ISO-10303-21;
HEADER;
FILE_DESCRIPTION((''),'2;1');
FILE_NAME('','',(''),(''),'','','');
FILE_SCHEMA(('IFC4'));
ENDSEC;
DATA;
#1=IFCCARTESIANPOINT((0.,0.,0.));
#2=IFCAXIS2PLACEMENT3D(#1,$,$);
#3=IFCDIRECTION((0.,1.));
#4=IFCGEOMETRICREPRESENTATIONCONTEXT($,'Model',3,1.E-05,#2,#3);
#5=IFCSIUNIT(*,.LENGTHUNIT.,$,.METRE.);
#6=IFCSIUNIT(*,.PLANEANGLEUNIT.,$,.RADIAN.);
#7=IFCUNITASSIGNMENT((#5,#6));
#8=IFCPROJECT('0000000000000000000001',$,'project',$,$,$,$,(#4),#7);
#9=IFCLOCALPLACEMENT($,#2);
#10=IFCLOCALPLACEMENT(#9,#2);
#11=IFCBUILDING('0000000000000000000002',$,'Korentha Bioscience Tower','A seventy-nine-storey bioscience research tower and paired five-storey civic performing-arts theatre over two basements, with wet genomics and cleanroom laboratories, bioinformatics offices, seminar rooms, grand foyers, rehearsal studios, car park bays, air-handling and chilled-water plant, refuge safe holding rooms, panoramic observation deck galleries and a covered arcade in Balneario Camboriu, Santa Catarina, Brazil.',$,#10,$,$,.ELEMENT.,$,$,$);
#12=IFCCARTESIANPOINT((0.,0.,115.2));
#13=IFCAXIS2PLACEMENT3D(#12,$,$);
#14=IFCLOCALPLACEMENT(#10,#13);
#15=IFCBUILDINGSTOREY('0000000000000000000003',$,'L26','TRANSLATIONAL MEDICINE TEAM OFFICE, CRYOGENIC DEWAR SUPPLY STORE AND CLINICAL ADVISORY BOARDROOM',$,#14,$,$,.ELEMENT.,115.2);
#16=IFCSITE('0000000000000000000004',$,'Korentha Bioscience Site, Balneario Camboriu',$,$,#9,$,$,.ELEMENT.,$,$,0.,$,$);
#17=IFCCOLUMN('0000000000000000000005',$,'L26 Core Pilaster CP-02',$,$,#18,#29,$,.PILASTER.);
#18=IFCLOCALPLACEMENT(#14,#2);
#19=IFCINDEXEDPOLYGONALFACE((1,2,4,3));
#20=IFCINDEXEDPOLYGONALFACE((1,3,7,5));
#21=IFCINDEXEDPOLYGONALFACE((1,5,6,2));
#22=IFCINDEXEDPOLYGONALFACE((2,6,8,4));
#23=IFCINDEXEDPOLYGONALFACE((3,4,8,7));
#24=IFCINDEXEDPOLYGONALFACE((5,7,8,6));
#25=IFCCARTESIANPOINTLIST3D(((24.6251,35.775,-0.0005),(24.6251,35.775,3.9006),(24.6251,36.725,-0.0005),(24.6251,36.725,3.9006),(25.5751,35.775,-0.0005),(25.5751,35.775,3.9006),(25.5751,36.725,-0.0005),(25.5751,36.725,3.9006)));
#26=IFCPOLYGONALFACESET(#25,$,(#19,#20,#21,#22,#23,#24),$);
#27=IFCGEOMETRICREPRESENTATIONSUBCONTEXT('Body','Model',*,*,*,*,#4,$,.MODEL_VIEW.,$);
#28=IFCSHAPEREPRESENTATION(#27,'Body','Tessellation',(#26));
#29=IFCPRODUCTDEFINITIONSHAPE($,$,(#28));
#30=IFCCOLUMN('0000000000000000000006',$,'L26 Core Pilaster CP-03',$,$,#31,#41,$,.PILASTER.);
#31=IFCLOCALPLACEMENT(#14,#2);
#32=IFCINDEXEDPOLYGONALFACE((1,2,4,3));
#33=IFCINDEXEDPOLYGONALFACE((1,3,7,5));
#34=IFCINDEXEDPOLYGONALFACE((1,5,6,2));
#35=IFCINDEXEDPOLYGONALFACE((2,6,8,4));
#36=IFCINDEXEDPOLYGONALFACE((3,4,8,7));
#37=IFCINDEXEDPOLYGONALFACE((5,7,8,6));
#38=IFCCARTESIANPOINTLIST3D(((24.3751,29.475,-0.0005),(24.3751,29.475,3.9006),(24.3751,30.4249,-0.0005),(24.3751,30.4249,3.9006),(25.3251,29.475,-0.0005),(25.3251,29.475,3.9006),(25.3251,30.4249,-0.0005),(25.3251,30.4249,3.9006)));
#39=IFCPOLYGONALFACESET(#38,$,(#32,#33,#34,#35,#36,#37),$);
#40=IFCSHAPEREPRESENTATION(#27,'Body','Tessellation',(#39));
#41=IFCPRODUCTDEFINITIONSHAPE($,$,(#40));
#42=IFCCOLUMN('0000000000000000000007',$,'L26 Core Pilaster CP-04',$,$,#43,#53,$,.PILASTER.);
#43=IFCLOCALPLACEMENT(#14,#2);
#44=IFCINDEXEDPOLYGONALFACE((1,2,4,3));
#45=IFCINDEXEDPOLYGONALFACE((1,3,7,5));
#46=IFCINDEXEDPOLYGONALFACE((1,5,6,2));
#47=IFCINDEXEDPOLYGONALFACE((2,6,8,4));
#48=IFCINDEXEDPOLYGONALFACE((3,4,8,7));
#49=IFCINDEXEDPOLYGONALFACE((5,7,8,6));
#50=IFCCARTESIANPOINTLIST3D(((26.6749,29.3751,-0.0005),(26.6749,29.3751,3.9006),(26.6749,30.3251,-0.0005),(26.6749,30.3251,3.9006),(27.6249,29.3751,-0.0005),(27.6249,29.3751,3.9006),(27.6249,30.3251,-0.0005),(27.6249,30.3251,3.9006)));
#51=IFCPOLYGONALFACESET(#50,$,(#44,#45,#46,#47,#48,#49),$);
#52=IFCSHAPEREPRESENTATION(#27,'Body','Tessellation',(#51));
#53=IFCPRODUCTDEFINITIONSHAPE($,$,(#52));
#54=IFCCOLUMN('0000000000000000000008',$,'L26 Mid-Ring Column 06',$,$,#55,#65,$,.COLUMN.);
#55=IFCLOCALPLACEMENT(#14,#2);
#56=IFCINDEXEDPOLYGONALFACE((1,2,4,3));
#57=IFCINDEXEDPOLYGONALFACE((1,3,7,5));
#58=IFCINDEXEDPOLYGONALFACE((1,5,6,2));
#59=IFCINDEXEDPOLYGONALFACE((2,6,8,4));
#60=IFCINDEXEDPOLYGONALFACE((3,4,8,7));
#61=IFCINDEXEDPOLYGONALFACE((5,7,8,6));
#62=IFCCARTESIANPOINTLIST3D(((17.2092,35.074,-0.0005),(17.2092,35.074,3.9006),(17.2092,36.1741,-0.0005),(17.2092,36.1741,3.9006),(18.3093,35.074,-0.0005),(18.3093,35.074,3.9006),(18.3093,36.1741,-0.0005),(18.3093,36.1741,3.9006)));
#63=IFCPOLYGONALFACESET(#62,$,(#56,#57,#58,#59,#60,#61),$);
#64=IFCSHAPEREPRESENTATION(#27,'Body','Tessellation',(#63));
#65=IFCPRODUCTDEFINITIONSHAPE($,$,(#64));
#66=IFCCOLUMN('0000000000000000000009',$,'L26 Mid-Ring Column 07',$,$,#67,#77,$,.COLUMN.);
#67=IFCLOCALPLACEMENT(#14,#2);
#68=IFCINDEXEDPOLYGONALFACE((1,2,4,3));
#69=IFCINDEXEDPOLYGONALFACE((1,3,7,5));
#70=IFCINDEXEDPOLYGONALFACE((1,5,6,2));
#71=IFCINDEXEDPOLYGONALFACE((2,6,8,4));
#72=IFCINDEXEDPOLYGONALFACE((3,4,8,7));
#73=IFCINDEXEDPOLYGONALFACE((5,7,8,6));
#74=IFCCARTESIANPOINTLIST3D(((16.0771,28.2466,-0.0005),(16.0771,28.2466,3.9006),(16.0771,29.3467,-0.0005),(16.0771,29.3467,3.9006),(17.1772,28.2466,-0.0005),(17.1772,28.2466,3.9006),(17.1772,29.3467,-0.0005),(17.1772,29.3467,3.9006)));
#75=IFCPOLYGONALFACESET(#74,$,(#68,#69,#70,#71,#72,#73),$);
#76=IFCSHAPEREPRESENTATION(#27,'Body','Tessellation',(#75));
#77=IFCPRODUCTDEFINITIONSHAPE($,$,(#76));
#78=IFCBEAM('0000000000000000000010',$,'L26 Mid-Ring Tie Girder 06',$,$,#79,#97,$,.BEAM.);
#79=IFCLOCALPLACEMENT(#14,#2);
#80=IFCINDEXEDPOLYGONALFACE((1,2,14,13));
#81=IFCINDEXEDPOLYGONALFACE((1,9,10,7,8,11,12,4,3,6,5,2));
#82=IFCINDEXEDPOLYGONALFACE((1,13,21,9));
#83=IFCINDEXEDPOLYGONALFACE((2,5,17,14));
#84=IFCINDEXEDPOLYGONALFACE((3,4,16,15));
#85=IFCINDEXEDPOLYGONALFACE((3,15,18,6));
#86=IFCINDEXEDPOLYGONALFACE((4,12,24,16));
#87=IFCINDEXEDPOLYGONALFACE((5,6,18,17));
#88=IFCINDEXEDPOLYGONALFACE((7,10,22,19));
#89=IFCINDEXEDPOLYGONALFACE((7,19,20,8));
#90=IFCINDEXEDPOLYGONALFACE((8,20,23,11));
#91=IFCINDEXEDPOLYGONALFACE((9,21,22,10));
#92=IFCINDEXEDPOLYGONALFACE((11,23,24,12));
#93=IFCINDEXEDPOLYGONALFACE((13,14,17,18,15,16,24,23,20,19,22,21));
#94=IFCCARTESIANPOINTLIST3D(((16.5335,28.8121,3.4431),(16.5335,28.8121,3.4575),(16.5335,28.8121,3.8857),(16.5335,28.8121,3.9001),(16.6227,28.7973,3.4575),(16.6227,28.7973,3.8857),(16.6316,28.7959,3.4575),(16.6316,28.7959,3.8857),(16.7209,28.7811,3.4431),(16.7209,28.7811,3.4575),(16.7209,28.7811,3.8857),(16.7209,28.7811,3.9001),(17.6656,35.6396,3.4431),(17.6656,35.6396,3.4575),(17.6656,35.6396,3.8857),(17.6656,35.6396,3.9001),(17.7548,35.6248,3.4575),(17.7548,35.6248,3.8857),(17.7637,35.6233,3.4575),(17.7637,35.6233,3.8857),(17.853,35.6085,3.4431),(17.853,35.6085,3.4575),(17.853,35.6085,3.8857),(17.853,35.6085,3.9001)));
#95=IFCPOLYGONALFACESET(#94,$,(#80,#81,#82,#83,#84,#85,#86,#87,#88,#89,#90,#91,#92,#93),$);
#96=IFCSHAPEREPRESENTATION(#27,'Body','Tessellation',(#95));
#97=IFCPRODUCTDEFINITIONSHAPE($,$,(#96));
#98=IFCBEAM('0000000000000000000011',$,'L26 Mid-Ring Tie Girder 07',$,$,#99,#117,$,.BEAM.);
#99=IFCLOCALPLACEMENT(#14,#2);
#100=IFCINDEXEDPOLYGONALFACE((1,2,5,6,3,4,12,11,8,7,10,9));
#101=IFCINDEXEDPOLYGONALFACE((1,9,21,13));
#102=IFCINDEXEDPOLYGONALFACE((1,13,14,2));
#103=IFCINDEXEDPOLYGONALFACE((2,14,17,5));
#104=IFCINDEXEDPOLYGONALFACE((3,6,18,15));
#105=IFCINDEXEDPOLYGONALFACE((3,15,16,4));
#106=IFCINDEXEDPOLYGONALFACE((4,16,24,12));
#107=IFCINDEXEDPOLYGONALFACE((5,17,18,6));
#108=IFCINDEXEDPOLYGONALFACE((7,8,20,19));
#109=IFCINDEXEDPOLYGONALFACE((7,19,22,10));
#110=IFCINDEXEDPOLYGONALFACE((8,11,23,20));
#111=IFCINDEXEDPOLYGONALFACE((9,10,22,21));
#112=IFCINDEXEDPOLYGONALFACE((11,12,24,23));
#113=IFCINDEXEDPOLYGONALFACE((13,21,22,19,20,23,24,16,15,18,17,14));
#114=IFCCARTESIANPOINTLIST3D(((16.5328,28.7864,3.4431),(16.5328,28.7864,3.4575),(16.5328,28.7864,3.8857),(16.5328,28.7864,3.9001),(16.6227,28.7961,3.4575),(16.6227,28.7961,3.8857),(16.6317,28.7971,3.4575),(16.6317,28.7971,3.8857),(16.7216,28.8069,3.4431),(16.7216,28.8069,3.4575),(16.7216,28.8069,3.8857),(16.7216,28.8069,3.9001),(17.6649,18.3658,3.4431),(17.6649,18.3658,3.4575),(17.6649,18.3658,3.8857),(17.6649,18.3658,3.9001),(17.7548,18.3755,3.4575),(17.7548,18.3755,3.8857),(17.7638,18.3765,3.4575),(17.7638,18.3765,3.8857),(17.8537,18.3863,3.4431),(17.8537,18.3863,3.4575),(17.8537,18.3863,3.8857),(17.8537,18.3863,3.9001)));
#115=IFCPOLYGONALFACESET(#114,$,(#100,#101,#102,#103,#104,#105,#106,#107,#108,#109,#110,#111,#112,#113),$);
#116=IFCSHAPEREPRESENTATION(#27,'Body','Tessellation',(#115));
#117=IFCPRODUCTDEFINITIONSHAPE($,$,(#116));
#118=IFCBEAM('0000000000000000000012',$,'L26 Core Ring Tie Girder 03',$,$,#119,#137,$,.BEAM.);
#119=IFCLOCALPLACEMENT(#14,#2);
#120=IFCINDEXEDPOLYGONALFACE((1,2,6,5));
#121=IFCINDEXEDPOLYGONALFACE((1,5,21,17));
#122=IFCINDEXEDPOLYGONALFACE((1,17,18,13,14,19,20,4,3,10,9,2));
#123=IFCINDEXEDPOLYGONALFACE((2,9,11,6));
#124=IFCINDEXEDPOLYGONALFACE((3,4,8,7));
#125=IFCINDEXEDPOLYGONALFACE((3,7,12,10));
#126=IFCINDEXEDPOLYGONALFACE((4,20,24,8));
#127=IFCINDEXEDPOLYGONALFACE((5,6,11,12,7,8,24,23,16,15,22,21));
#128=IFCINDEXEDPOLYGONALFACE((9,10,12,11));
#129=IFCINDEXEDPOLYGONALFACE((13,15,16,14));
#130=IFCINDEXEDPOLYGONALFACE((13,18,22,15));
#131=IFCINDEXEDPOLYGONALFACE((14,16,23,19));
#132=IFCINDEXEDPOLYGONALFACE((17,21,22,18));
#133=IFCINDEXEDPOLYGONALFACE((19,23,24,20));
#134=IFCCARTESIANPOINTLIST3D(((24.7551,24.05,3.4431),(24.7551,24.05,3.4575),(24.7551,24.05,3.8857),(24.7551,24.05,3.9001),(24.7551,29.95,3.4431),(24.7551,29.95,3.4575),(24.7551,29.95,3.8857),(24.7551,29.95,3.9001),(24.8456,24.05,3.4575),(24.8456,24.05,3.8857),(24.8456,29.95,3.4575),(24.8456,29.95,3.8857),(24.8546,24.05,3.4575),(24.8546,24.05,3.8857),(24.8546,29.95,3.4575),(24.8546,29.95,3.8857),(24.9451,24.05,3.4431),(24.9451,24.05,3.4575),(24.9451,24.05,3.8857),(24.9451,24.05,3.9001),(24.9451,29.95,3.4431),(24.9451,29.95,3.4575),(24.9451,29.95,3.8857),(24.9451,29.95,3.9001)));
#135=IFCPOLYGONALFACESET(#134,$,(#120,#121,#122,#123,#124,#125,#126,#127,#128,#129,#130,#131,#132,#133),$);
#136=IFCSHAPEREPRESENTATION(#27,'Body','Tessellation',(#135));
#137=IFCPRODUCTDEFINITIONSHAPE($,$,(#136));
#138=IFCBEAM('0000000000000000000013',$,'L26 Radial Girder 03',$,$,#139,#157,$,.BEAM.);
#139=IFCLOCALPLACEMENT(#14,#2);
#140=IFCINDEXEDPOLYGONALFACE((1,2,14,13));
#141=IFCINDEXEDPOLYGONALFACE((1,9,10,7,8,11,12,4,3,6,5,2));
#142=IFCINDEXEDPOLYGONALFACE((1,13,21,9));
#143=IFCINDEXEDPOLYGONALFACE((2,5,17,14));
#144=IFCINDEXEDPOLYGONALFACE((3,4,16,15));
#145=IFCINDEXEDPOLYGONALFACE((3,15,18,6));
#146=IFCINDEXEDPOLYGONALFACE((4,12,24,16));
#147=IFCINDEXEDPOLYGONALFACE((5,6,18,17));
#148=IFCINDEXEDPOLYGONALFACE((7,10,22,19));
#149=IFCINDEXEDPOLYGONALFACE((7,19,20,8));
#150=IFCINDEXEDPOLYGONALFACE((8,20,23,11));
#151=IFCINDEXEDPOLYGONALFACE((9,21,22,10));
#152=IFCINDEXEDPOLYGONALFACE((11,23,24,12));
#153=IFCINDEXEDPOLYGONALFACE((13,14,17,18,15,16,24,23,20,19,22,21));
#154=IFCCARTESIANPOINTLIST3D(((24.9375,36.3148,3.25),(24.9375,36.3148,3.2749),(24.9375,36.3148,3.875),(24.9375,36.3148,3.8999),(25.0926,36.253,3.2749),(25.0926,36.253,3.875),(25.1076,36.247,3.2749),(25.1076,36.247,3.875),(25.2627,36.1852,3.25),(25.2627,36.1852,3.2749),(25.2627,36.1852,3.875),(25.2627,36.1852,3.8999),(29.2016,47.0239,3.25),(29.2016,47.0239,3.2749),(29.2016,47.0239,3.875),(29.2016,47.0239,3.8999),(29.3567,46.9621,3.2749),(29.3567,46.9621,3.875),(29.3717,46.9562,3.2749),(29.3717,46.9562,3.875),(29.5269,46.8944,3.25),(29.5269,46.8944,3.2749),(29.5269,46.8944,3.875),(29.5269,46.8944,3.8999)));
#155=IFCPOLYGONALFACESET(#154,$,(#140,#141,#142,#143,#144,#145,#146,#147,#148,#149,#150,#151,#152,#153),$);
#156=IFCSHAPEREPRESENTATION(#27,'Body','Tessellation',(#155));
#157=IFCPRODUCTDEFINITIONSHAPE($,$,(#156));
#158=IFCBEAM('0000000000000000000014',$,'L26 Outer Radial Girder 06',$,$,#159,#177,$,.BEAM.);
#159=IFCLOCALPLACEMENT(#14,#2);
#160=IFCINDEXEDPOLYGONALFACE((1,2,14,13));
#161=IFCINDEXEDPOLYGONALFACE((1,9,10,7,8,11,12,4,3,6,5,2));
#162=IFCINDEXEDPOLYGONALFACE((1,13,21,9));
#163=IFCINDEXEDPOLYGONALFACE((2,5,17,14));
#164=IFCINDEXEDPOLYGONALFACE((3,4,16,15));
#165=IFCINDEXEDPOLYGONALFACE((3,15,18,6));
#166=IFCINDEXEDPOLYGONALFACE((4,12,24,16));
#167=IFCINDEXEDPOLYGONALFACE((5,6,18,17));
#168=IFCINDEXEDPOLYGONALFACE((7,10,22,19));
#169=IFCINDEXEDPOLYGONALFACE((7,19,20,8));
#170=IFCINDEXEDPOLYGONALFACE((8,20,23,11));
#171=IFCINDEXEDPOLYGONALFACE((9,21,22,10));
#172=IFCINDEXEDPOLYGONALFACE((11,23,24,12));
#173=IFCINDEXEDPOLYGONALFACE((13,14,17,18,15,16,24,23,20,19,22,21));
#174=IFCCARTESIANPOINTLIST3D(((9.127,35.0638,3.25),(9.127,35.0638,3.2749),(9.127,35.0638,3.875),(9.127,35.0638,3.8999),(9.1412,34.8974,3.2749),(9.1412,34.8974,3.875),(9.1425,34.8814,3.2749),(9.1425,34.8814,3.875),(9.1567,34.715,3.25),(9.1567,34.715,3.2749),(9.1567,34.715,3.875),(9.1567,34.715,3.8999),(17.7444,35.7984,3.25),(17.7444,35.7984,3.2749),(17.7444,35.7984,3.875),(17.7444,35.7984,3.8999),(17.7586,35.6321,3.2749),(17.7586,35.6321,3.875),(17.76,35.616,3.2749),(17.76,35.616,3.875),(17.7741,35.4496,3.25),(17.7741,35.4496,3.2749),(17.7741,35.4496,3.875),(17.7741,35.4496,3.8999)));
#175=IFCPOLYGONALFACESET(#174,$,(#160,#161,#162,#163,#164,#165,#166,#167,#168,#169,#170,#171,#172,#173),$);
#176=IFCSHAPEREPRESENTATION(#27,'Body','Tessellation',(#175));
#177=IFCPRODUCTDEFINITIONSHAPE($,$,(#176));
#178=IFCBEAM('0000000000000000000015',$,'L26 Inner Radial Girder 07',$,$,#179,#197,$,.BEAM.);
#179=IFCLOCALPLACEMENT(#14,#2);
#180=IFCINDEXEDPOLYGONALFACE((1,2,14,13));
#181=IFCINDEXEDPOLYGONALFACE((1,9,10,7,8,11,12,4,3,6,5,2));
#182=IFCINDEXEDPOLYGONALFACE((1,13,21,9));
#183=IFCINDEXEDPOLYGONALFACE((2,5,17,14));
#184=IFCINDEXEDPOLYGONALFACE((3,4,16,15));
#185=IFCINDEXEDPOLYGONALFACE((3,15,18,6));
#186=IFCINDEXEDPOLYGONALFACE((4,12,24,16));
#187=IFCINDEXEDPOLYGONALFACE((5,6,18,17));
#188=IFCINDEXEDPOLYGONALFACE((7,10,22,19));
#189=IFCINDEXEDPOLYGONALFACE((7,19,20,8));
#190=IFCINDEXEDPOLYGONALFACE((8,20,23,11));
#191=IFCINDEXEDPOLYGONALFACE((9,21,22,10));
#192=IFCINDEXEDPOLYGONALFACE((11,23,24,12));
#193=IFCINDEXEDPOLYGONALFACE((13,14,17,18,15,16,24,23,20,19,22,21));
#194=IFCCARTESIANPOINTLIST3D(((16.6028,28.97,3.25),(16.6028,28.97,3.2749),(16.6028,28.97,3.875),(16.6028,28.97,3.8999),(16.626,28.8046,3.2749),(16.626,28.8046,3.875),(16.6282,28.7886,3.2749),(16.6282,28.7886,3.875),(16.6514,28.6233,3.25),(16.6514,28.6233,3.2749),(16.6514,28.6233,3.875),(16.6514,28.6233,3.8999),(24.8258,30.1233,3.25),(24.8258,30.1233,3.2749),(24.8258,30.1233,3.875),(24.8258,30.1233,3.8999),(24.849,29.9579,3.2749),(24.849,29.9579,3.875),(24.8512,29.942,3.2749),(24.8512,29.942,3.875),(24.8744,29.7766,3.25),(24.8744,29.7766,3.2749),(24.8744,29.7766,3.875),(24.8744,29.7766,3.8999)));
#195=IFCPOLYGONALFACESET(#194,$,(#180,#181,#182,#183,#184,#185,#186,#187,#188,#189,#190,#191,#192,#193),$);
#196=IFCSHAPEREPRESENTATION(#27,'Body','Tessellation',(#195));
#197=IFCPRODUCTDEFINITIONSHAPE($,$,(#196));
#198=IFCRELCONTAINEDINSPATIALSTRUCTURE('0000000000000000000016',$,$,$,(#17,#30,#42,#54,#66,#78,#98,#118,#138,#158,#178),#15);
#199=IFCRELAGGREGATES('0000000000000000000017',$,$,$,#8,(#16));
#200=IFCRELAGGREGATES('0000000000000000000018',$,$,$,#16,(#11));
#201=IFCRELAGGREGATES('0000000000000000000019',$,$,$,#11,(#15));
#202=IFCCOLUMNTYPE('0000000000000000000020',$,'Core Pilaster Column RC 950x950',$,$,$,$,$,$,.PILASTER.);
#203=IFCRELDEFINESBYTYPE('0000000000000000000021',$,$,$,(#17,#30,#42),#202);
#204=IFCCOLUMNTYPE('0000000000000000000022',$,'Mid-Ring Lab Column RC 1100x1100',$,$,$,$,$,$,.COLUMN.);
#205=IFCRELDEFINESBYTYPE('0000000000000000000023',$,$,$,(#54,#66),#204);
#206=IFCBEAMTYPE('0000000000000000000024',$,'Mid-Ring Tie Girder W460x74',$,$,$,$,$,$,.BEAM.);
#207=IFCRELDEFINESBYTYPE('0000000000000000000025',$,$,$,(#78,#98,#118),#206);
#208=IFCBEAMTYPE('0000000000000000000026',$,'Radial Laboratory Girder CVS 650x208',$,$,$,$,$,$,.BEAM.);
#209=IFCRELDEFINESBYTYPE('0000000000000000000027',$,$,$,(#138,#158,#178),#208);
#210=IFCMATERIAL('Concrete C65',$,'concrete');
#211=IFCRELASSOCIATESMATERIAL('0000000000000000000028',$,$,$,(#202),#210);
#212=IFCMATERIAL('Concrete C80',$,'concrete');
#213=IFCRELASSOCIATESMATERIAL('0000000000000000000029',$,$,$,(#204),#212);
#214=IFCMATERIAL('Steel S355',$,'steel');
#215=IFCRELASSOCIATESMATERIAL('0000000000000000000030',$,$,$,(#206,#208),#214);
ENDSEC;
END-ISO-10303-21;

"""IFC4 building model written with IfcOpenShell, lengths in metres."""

from ifc_helpers import new_model, si_unit, direction, frame, origin, origin_2d, place, context, subcontext, project, spatial, rectangle, i_section, extrude, material, material_profile, profile_set, type_object, element, save


model = new_model("IFC4")

# Units and contexts
model_context = context("Model", 3, precision=1e-05, world=origin(), true_north=direction((0.0, 1.0)))
body_context = subcontext(model_context, "Body", "Model", "MODEL_VIEW")
ifc_project = project(units=[si_unit("LENGTHUNIT", "METRE"), si_unit("PLANEANGLEUNIT", "RADIAN")], contexts=[model_context])

# Site, building, storey
site_placement = place(None, origin())
site = spatial("IfcSite", under=ifc_project, at=site_placement, Name="Korentha Bioscience Site, Balneario Camboriu", CompositionType="ELEMENT", RefElevation=0.0)
building_placement = place(site_placement, origin())
building = spatial("IfcBuilding", under=site, at=building_placement, Name="Korentha Bioscience Tower", Description="A seventy-nine-storey bioscience research tower and paired five-storey civic performing-arts theatre over two basements, with wet genomics and cleanroom laboratories, bioinformatics offices, seminar rooms, grand foyers, rehearsal studios, car park bays, air-handling and chilled-water plant, refuge safe holding rooms, panoramic observation deck galleries and a covered arcade in Balneario Camboriu, Santa Catarina, Brazil.", CompositionType="ELEMENT")
storey_placement = place(building_placement, frame((0.0, 0.0, 115.2)))
storey = spatial("IfcBuildingStorey", under=building, at=storey_placement, Name="L26", Description="TRANSLATIONAL MEDICINE TEAM OFFICE, CRYOGENIC DEWAR SUPPLY STORE AND CLINICAL ADVISORY BOARDROOM", CompositionType="ELEMENT", Elevation=115.2)

# Columns
ifc_material_1 = material(Name="Concrete C65", Category="concrete")
ifc_material_profile_1 = material_profile(ifc_material_1, rectangle(XDim=0.95, YDim=0.95, at=origin_2d()), Name="Concrete C65")
ifc_profile_set_1 = profile_set([ifc_material_profile_1], Name="Concrete C65 (COL-CP09)")
column_type_1 = type_object("IfcColumnType", Name="Core Pilaster Column RC 950x950", PredefinedType="PILASTER", material=ifc_profile_set_1)
for number, where, z_axis, x_axis, name in (
    (1, (25.1001, 36.25, -0.0005), (0.0, 0.0, 1.0), (1.0, 0.0, 0.0), "L26 Core Pilaster CP-02"),
    (2, (24.8501, 29.95, -0.0005), (0.0, 0.0, 1.0), (1.0, 0.0, 0.0), "L26 Core Pilaster CP-03"),
    (3, (27.1499, 29.8501, -0.0005), (0.0, 0.0, 1.0), (1.0, 0.0, 0.0), "L26 Core Pilaster CP-04"),
):
    element("IfcColumn", number, at=place(storey_placement, frame(where, z_axis=z_axis, x_axis=x_axis)), inside=storey, type_object=column_type_1, Name=name, PredefinedType="PILASTER", context=body_context, shape_type="SweptSolid", body=[
        extrude(rectangle(XDim=0.95, YDim=0.95, at=origin_2d()), origin(), (0.0, 0.0, 1.0), 3.9011),
    ])
ifc_material_2 = material(Name="Concrete C80", Category="concrete")
ifc_material_profile_2 = material_profile(ifc_material_2, rectangle(XDim=1.1001, YDim=1.1001, at=origin_2d()), Name="Concrete C80")
ifc_profile_set_2 = profile_set([ifc_material_profile_2], Name="Concrete C80 (COL-MR11)")
column_type_2 = type_object("IfcColumnType", Name="Mid-Ring Lab Column RC 1100x1100", PredefinedType="COLUMN", material=ifc_profile_set_2)
for number, where, z_axis, x_axis, name in (
    (4, (17.7593, 35.624, -0.0005), (0.0, 0.0, 1.0), (1.0, 0.0, 0.0), "L26 Mid-Ring Column 06"),
    (5, (16.6272, 28.7966, -0.0005), (0.0, 0.0, 1.0), (1.0, 0.0, 0.0), "L26 Mid-Ring Column 07"),
):
    element("IfcColumn", number, at=place(storey_placement, frame(where, z_axis=z_axis, x_axis=x_axis)), inside=storey, type_object=column_type_2, Name=name, PredefinedType="COLUMN", context=body_context, shape_type="SweptSolid", body=[
        extrude(rectangle(XDim=1.1001, YDim=1.1001, at=origin_2d()), origin(), (0.0, 0.0, 1.0), 3.9011),
    ])

# Beams
ifc_material_3 = material(Name="Steel S355", Category="steel")
ifc_material_profile_3 = material_profile(ifc_material_3, i_section(OverallWidth=0.1899, OverallDepth=0.457, WebThickness=0.009, FlangeThickness=0.0144, at=origin_2d()), Name="Steel S355")
ifc_profile_set_3 = profile_set([ifc_material_profile_3], Name="Steel S355 (MB-460)")
beam_type_1 = type_object("IfcBeamType", Name="Mid-Ring Tie Girder W460x74", PredefinedType="BEAM", material=ifc_profile_set_3)
beam_1_placement = place(storey_placement, frame((17.7593, 35.624, 3.6716), z_axis=(-0.163581, -0.98653, 0.0), x_axis=(0.98653, -0.163581, 0.0)))
element("IfcBeam", 6, at=beam_1_placement, inside=storey, type_object=beam_type_1, Name="L26 Mid-Ring Tie Girder 06", PredefinedType="BEAM", context=body_context, shape_type="SweptSolid", body=[
    extrude(i_section(OverallWidth=0.1899, OverallDepth=0.457, WebThickness=0.009, FlangeThickness=0.0144, at=origin_2d()), origin(), (0.0, 0.0, 1.0), 6.9207),
])
beam_2_placement = place(storey_placement, frame((16.6272, 28.7966, 3.6716), z_axis=(0.108003, -0.994151, 0.0), x_axis=(0.994151, 0.108003, 0.0)))
element("IfcBeam", 7, at=beam_2_placement, inside=storey, type_object=beam_type_1, Name="L26 Mid-Ring Tie Girder 07", PredefinedType="BEAM", context=body_context, shape_type="SweptSolid", body=[
    extrude(i_section(OverallWidth=0.1899, OverallDepth=0.457, WebThickness=0.009, FlangeThickness=0.0144, at=origin_2d()), origin(), (0.0, 0.0, 1.0), 10.4819),
])
beam_3_placement = place(storey_placement, frame((24.8501, 29.95, 3.6716), z_axis=(0.0, -1.0, 0.0), x_axis=(1.0, 0.0, 0.0)))
element("IfcBeam", 8, at=beam_3_placement, inside=storey, type_object=beam_type_1, Name="L26 Core Ring Tie Girder 03", PredefinedType="BEAM", context=body_context, shape_type="SweptSolid", body=[
    extrude(i_section(OverallWidth=0.1899, OverallDepth=0.457, WebThickness=0.009, FlangeThickness=0.0144, at=origin_2d()), origin(), (0.0, 0.0, 1.0), 5.8999),
])
ifc_material_profile_4 = material_profile(ifc_material_3, i_section(OverallWidth=0.3501, OverallDepth=0.6499, WebThickness=0.0161, FlangeThickness=0.0249, at=origin_2d()), Name="Steel S355")
ifc_profile_set_4 = profile_set([ifc_material_profile_4], Name="Steel S355 (RB-650)")
beam_type_2 = type_object("IfcBeamType", Name="Radial Laboratory Girder CVS 650x208", PredefinedType="BEAM", material=ifc_profile_set_4)
beam_4_placement = place(storey_placement, frame((25.1001, 36.25, 3.575), z_axis=(0.36993, 0.92906, 0.0), x_axis=(-0.92906, 0.36993, 0.0)))
element("IfcBeam", 9, at=beam_4_placement, inside=storey, type_object=beam_type_2, Name="L26 Radial Girder 03", PredefinedType="BEAM", context=body_context, shape_type="SweptSolid", body=[
    extrude(i_section(OverallWidth=0.3501, OverallDepth=0.6499, WebThickness=0.0161, FlangeThickness=0.0249, at=origin_2d()), origin(), (0.0, 0.0, 1.0), 11.5269),
])
beam_5_placement = place(storey_placement, frame((17.7593, 35.624, 3.575), z_axis=(-0.996386, -0.08494, 0.0), x_axis=(0.08494, -0.996386, 0.0)))
element("IfcBeam", 10, at=beam_5_placement, inside=storey, type_object=beam_type_2, Name="L26 Outer Radial Girder 06", PredefinedType="BEAM", context=body_context, shape_type="SweptSolid", body=[
    extrude(i_section(OverallWidth=0.3501, OverallDepth=0.6499, WebThickness=0.0161, FlangeThickness=0.0249, at=origin_2d()), origin(), (0.0, 0.0, 1.0), 8.6487),
])
beam_6_placement = place(storey_placement, frame((24.8501, 29.95, 3.575), z_axis=(-0.990307, -0.138898, 0.0), x_axis=(0.138898, -0.990307, 0.0)))
element("IfcBeam", 11, at=beam_6_placement, inside=storey, type_object=beam_type_2, Name="L26 Inner Radial Girder 07", PredefinedType="BEAM", context=body_context, shape_type="SweptSolid", body=[
    extrude(i_section(OverallWidth=0.3501, OverallDepth=0.6499, WebThickness=0.0161, FlangeThickness=0.0249, at=origin_2d()), origin(), (0.0, 0.0, 1.0), 8.3035),
])

save(model, "model.ifc")
